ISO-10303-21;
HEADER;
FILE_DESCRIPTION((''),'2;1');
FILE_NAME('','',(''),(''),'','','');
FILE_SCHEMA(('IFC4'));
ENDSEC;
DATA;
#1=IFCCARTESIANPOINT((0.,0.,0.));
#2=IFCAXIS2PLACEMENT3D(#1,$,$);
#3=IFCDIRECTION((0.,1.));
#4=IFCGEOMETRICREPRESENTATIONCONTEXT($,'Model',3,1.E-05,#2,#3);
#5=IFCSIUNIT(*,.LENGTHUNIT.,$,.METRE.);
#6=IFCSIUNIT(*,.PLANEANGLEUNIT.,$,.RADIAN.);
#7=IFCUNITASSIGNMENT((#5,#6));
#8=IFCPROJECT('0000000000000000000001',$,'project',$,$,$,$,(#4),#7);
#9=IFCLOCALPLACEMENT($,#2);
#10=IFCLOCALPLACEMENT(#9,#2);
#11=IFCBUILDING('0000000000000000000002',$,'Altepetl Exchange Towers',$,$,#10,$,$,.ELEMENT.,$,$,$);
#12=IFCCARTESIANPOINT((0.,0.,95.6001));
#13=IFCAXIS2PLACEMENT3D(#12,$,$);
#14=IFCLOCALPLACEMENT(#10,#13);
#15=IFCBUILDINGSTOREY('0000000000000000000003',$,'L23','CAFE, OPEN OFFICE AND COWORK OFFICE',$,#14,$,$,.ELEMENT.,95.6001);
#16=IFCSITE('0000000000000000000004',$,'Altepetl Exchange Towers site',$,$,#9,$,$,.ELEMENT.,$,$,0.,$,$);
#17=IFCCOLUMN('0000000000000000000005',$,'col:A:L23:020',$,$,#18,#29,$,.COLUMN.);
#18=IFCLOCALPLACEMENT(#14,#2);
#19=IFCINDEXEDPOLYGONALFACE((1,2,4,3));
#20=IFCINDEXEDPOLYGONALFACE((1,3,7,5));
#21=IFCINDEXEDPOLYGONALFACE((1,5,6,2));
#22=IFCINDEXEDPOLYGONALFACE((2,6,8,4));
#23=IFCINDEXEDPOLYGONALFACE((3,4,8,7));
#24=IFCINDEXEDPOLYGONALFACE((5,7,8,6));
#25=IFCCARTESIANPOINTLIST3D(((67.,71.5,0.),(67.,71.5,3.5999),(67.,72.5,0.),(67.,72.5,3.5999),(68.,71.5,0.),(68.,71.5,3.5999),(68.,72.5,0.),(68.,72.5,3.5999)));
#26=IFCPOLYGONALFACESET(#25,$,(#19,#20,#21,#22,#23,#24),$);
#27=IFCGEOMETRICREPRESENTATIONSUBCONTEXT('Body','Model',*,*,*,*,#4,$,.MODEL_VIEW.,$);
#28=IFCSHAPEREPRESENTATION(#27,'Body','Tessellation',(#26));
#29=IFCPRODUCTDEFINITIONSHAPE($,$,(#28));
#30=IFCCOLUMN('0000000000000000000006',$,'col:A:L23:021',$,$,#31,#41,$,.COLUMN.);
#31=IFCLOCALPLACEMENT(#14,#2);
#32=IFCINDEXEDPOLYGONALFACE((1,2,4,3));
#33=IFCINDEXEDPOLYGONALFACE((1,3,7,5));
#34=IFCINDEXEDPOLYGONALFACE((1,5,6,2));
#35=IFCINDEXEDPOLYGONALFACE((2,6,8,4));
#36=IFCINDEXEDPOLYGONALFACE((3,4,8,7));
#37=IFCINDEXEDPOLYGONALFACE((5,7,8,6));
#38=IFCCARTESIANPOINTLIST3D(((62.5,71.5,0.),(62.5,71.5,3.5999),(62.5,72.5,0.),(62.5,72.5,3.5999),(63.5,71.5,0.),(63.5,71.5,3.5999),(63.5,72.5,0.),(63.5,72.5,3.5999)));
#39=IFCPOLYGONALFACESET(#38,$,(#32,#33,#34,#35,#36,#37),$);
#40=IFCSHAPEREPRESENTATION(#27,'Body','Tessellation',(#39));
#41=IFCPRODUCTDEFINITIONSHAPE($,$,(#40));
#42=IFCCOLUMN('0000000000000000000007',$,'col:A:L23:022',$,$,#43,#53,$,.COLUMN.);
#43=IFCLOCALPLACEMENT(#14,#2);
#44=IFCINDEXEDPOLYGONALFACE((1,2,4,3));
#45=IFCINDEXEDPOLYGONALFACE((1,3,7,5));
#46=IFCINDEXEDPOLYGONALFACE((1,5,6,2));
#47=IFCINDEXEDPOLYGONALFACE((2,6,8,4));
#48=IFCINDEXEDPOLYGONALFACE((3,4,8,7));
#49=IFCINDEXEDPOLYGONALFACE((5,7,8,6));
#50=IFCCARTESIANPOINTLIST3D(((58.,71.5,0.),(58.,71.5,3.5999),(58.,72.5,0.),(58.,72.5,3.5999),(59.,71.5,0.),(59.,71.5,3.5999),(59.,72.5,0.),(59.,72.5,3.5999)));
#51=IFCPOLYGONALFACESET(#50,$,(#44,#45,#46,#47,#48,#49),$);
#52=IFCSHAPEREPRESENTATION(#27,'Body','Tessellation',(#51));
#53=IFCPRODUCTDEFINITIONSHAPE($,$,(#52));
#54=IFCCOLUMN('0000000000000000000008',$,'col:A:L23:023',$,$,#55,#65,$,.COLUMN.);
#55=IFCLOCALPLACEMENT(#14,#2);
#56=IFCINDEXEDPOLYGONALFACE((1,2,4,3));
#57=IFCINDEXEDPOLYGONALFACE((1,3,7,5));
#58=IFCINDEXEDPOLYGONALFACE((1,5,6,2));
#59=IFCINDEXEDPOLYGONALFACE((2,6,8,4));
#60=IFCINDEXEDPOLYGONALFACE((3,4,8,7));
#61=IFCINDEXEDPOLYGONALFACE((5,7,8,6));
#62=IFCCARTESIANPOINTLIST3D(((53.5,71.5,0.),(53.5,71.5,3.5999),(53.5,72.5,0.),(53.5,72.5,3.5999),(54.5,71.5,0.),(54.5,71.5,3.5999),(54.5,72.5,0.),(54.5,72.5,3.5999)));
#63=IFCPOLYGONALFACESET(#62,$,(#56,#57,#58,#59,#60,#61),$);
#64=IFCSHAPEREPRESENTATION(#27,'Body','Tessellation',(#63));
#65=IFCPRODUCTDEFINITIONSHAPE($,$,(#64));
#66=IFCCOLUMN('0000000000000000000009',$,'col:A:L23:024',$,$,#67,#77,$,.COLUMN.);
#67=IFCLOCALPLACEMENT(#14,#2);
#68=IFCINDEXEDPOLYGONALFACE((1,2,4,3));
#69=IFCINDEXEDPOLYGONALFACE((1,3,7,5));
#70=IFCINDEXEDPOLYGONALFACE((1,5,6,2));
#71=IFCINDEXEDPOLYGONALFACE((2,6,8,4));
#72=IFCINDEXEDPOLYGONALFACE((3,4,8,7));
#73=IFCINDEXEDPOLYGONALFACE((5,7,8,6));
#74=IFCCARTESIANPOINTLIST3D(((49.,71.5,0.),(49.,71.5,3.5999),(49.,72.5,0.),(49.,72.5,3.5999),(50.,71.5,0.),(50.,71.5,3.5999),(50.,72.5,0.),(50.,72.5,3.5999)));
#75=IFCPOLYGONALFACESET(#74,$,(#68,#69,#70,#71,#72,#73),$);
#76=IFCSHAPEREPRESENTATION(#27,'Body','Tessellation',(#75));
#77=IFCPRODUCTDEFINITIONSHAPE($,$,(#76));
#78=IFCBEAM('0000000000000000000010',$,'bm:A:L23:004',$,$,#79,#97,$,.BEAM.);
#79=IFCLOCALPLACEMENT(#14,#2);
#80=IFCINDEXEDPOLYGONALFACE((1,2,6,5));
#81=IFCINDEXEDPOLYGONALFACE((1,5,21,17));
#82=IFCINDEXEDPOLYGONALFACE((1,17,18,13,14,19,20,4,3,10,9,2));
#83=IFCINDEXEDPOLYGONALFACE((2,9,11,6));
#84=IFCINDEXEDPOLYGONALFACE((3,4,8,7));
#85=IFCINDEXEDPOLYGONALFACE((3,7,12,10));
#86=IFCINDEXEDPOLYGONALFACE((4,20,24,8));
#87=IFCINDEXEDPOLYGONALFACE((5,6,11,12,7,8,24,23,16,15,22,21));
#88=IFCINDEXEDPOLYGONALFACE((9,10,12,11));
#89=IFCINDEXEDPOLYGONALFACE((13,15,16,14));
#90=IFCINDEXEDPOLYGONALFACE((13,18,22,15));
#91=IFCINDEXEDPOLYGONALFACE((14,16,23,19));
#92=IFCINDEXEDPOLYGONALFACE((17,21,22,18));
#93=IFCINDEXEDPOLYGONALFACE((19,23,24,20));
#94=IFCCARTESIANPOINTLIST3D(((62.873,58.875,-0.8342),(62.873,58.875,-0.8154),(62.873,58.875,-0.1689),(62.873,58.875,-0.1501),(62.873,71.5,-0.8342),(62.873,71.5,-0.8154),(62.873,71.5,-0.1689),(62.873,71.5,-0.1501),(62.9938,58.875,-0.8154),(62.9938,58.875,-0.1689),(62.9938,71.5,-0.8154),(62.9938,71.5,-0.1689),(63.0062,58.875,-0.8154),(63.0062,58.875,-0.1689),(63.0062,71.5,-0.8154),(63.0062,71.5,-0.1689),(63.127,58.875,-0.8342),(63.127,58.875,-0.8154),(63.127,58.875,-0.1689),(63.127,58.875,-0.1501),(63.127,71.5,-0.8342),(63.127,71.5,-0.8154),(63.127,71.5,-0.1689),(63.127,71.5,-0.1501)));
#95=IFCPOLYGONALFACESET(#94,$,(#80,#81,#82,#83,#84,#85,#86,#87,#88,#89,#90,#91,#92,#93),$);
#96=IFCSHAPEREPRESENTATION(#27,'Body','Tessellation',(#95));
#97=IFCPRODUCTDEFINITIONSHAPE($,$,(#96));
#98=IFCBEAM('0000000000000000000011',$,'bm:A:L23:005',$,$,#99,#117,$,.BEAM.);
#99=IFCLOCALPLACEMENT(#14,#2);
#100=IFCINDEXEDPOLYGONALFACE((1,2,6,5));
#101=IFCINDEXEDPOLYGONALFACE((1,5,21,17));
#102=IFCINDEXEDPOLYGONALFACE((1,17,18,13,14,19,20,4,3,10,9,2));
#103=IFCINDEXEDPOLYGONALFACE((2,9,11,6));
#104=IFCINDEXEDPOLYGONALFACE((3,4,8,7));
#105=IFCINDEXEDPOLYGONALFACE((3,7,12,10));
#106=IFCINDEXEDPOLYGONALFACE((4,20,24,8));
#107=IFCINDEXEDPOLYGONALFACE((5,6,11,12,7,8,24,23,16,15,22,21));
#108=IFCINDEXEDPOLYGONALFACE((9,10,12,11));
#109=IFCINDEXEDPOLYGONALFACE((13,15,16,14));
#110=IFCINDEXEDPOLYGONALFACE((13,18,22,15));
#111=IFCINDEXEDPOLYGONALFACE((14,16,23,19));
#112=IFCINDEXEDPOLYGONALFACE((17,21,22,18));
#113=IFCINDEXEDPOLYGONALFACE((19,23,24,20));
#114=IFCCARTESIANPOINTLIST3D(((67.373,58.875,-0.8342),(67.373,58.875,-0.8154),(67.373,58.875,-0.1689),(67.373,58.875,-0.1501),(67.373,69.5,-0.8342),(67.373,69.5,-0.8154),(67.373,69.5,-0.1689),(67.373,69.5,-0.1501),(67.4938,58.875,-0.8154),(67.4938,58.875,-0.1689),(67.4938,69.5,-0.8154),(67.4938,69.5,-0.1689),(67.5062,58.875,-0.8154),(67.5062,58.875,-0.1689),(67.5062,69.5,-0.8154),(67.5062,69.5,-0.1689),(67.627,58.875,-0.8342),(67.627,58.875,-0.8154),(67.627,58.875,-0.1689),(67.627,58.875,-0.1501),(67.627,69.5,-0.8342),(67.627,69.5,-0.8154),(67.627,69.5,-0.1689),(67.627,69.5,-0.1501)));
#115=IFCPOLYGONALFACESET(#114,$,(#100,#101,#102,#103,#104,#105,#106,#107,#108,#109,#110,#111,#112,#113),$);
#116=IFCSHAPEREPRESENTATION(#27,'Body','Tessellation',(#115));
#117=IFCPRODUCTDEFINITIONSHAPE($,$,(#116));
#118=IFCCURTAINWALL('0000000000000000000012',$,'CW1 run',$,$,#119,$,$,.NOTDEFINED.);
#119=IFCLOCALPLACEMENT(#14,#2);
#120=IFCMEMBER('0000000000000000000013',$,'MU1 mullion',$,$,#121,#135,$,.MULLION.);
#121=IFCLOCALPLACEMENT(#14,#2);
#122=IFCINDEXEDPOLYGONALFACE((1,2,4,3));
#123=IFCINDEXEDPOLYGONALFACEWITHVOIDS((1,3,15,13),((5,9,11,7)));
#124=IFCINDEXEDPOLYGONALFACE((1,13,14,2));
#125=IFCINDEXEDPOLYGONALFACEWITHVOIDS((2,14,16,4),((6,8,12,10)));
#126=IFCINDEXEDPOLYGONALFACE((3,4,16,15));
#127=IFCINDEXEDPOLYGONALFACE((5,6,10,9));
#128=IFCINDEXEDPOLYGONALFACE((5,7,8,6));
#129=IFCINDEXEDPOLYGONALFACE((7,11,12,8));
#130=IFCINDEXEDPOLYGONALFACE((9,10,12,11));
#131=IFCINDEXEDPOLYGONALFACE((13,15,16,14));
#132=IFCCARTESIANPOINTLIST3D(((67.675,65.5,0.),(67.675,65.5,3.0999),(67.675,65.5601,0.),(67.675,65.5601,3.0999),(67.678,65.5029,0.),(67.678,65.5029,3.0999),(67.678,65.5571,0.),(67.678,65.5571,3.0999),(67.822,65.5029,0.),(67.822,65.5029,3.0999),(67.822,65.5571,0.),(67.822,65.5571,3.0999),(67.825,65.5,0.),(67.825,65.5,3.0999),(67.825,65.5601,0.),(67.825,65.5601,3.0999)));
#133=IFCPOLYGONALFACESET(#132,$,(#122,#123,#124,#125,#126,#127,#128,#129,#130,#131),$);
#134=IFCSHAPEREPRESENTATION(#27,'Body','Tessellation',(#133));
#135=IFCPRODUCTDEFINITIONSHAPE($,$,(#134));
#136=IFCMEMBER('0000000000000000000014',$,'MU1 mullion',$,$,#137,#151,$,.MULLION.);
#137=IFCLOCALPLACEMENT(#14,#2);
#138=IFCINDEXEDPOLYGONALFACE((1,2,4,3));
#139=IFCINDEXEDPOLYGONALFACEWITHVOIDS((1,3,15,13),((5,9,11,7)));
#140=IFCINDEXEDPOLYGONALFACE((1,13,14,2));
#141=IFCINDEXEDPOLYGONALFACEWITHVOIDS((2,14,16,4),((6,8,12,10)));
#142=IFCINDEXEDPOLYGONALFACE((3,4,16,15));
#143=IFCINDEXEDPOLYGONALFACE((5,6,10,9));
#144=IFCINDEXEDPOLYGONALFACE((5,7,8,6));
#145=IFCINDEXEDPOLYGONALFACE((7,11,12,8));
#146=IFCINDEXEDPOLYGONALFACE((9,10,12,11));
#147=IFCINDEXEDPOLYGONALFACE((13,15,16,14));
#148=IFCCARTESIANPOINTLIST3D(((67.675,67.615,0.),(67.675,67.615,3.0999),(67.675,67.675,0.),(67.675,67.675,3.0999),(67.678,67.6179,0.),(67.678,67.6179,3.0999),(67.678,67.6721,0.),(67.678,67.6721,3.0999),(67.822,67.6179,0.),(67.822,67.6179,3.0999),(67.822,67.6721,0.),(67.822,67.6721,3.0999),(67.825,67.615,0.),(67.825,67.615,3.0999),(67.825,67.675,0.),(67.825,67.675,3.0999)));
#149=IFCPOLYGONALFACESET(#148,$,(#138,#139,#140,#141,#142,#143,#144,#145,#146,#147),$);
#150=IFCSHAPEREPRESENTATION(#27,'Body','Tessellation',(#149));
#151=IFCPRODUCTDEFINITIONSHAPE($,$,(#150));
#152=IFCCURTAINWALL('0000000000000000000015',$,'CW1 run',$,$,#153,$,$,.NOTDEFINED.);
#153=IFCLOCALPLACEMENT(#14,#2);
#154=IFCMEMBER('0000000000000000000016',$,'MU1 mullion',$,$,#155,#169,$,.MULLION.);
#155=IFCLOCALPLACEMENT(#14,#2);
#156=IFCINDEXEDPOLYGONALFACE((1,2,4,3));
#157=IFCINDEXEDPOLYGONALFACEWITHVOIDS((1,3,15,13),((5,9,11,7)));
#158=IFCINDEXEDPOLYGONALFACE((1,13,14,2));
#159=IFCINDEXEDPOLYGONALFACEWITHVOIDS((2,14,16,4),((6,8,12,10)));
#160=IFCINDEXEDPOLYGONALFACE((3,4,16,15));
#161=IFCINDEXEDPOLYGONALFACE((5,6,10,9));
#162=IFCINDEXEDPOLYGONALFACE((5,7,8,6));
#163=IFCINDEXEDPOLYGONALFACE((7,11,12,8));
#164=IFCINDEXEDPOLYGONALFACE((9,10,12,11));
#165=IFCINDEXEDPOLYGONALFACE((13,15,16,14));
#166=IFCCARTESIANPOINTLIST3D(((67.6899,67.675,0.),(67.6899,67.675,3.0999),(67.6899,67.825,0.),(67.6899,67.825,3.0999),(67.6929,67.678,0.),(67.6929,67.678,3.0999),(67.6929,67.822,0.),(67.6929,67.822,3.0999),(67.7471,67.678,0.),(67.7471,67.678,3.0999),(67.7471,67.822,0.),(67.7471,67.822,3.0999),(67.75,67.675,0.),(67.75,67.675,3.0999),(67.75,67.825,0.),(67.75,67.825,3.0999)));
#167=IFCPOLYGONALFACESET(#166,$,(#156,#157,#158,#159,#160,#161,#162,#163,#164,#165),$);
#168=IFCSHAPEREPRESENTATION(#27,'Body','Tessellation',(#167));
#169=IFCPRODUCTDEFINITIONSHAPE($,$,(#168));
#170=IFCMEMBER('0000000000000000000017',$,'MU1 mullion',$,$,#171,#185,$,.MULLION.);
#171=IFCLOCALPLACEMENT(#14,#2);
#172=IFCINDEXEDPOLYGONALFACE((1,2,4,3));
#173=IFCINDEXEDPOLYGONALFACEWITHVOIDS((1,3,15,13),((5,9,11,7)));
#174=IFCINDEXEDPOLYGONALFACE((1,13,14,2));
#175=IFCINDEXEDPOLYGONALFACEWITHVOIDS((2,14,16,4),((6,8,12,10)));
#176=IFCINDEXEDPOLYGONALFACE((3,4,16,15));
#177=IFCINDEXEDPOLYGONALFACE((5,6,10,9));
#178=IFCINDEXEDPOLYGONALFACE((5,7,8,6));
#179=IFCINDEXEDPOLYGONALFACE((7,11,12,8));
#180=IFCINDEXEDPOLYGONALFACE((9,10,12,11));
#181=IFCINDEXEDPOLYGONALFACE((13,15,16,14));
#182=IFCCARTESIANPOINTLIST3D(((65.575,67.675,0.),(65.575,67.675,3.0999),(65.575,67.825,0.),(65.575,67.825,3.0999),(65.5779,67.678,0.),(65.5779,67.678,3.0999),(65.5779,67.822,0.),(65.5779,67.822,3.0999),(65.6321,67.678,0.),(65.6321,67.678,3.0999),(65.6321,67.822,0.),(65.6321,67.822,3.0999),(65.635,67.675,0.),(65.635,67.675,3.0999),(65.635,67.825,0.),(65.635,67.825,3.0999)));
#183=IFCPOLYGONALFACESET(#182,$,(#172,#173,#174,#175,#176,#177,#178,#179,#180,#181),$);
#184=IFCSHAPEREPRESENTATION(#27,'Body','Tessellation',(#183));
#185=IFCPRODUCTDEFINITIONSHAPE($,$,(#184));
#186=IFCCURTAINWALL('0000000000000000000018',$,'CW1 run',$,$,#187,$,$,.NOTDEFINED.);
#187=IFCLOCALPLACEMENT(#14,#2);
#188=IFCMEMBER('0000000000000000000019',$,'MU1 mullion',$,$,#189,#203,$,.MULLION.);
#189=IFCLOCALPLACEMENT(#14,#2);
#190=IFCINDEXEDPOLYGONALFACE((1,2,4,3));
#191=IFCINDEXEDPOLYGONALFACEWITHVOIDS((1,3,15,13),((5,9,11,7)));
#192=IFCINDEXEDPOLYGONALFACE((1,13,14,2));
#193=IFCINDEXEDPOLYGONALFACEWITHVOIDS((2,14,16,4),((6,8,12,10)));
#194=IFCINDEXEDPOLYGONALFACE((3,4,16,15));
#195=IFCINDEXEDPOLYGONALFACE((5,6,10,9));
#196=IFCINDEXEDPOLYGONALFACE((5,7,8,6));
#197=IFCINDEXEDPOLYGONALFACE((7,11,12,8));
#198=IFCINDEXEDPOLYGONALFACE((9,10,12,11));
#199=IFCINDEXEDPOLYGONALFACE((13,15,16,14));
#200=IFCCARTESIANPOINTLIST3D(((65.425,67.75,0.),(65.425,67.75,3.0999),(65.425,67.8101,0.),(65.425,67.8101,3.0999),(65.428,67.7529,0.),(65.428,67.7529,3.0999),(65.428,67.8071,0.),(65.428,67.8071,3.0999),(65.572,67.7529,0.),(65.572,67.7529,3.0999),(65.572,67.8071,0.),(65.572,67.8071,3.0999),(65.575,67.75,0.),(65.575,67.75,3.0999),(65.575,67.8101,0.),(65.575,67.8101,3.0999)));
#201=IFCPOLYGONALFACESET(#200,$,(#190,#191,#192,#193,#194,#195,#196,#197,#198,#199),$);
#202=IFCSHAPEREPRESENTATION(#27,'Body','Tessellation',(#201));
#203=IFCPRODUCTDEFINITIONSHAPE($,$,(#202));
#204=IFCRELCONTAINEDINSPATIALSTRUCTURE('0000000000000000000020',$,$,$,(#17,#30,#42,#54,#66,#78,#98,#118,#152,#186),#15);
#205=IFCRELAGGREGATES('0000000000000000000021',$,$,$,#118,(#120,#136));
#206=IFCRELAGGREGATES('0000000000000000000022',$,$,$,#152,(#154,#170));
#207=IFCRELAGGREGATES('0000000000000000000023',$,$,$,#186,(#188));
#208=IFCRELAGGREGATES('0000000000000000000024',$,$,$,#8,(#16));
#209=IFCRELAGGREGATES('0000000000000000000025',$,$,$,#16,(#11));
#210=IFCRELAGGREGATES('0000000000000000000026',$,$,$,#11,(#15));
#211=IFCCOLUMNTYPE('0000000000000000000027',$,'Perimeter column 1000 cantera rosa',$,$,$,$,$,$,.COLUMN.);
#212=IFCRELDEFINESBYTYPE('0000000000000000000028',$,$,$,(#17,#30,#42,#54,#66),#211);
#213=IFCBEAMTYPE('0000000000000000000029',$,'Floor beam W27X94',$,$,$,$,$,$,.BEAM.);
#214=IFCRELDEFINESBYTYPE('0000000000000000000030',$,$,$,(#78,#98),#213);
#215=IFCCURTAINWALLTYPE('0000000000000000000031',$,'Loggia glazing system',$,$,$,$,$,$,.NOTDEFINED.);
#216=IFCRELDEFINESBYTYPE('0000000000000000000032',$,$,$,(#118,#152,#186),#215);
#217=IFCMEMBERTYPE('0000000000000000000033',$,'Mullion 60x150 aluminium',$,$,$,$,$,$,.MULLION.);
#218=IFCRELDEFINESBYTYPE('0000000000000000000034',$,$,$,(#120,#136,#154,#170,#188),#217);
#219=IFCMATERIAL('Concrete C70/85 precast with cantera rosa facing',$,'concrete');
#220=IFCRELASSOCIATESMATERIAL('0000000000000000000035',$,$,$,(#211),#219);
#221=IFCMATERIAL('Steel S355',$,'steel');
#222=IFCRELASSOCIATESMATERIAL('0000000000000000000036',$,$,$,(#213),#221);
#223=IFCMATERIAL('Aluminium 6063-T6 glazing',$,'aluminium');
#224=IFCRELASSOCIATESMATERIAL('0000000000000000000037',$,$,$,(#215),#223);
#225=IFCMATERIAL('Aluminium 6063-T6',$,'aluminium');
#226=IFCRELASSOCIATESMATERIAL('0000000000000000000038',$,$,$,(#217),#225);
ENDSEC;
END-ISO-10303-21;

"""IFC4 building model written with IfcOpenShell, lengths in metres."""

from ifc_helpers import new_model, si_unit, direction, frame, origin, origin_2d, place, context, subcontext, project, spatial, rectangle, hollow_rectangle, i_section, extrude, material, material_profile, profile_set, type_object, element, aggregate, save


model = new_model("IFC4")

# Units and contexts
model_context = context("Model", 3, precision=1e-05, world=origin(), true_north=direction((0.0, 1.0)))
body_context = subcontext(model_context, "Body", "Model", "MODEL_VIEW")
ifc_project = project(units=[si_unit("LENGTHUNIT", "METRE"), si_unit("PLANEANGLEUNIT", "RADIAN")], contexts=[model_context])

# Site, building, storey
site_placement = place(None, origin())
site = spatial("IfcSite", under=ifc_project, at=site_placement, Name="Altepetl Exchange Towers site", CompositionType="ELEMENT", RefElevation=0.0)
building_placement = place(site_placement, origin())
building = spatial("IfcBuilding", under=site, at=building_placement, Name="Altepetl Exchange Towers", CompositionType="ELEMENT")
storey_placement = place(building_placement, frame((0.0, 0.0, 95.6001)))
storey = spatial("IfcBuildingStorey", under=building, at=storey_placement, Name="L23", Description="CAFE, OPEN OFFICE AND COWORK OFFICE", CompositionType="ELEMENT", Elevation=95.6001)

# Columns
ifc_material_1 = material(Name="Concrete C70/85 precast with cantera rosa facing", Category="concrete")
ifc_material_profile_1 = material_profile(ifc_material_1, rectangle(XDim=1.0, YDim=1.0, at=origin_2d()), Name="1000 x 1000")
ifc_profile_set_1 = profile_set([ifc_material_profile_1], Name="Concrete C70/85 precast with cantera rosa facing")
column_type = type_object("IfcColumnType", Name="Perimeter column 1000 cantera rosa", PredefinedType="COLUMN", material=ifc_profile_set_1)
for number, where, name in (
    (1, (67.5, 72.0, 0.0), "col:A:L23:020"),
    (2, (63.0, 72.0, 0.0), "col:A:L23:021"),
    (3, (58.5, 72.0, 0.0), "col:A:L23:022"),
    (4, (54.0, 72.0, 0.0), "col:A:L23:023"),
    (5, (49.5, 72.0, 0.0), "col:A:L23:024"),
):
    element("IfcColumn", number, at=place(storey_placement, frame(where)), inside=storey, type_object=column_type, Name=name, PredefinedType="COLUMN", context=body_context, shape_type="SweptSolid", body=[
        extrude(rectangle(XDim=1.0, YDim=1.0, at=origin_2d()), origin(), (0.0, 0.0, 1.0), 3.5999),
    ])

# Beams
ifc_material_2 = material(Name="Steel S355", Category="steel")
ifc_material_profile_2 = material_profile(ifc_material_2, i_section(OverallWidth=0.2539, OverallDepth=0.6841, WebThickness=0.0125, FlangeThickness=0.0188, at=origin_2d()), Name="W27X94")
ifc_profile_set_2 = profile_set([ifc_material_profile_2], Name="Steel S355")
beam_type_1 = type_object("IfcBeamType", Name="Floor beam W27X94", PredefinedType="BEAM", material=ifc_profile_set_2)
beam_1_placement = place(storey_placement, frame((63.0, 58.875, -0.4922), z_axis=(0.0, 1.0, 0.0), x_axis=(-1.0, 0.0, 0.0)))
element("IfcBeam", 6, at=beam_1_placement, inside=storey, type_object=beam_type_1, Name="bm:A:L23:004", PredefinedType="BEAM", context=body_context, shape_type="SweptSolid", body=[
    extrude(i_section(OverallWidth=0.2539, OverallDepth=0.6841, WebThickness=0.0125, FlangeThickness=0.0188, at=origin_2d()), origin(), (0.0, 0.0, 1.0), 12.625),
])
beam_2_placement = place(storey_placement, frame((67.5, 58.875, -0.4922), z_axis=(0.0, 1.0, 0.0), x_axis=(-1.0, 0.0, 0.0)))
element("IfcBeam", 7, at=beam_2_placement, inside=storey, type_object=beam_type_1, Name="bm:A:L23:005", PredefinedType="BEAM", context=body_context, shape_type="SweptSolid", body=[
    extrude(i_section(OverallWidth=0.2539, OverallDepth=0.6841, WebThickness=0.0125, FlangeThickness=0.0188, at=origin_2d()), origin(), (0.0, 0.0, 1.0), 10.625),
])

# Curtain walls, members
ifc_material_3 = material(Name="Aluminium 6063-T6 glazing", Category="aluminium")
curtain_wall_type = type_object("IfcCurtainWallType", Name="Loggia glazing system", PredefinedType="NOTDEFINED", material=ifc_material_3)
curtain_wall_1_placement = place(storey_placement, origin())
curtain_wall_1 = element("IfcCurtainWall", 8, at=curtain_wall_1_placement, inside=storey, type_object=curtain_wall_type, Name="CW1 run", PredefinedType="NOTDEFINED")
ifc_material_4 = material(Name="Aluminium 6063-T6", Category="aluminium")
ifc_material_profile_3 = material_profile(ifc_material_4, hollow_rectangle(XDim=0.0601, YDim=0.1499, WallThickness=0.0029, at=origin_2d()), Name="Mullion 60x150 aluminium")
ifc_profile_set_3 = profile_set([ifc_material_profile_3], Name="Aluminium 6063-T6")
member_type = type_object("IfcMemberType", Name="Mullion 60x150 aluminium", PredefinedType="MULLION", material=ifc_profile_set_3)
member_1_placement = place(storey_placement, frame((67.75, 65.53, 0.0), z_axis=(0.0, 0.0, 1.0), x_axis=(0.0, 1.0, 0.0)))
member_1 = element("IfcMember", 9, at=member_1_placement, type_object=member_type, Name="MU1 mullion", PredefinedType="MULLION", context=body_context, shape_type="SweptSolid", body=[
    extrude(hollow_rectangle(XDim=0.0601, YDim=0.1499, WallThickness=0.0029, at=origin_2d()), origin(), (0.0, 0.0, 1.0), 3.0999),
])
member_2_placement = place(storey_placement, frame((67.75, 67.645, 0.0), z_axis=(0.0, 0.0, 1.0), x_axis=(0.0, 1.0, 0.0)))
member_2 = element("IfcMember", 10, at=member_2_placement, type_object=member_type, Name="MU1 mullion", PredefinedType="MULLION", context=body_context, shape_type="SweptSolid", body=[
    extrude(hollow_rectangle(XDim=0.0601, YDim=0.1499, WallThickness=0.0029, at=origin_2d()), origin(), (0.0, 0.0, 1.0), 3.0999),
])
curtain_wall_2_placement = place(storey_placement, origin())
curtain_wall_2 = element("IfcCurtainWall", 11, at=curtain_wall_2_placement, inside=storey, type_object=curtain_wall_type, Name="CW1 run", PredefinedType="NOTDEFINED")
member_3_placement = place(storey_placement, frame((67.72, 67.75, 0.0), z_axis=(0.0, 0.0, 1.0), x_axis=(-1.0, 0.0, 0.0)))
member_3 = element("IfcMember", 12, at=member_3_placement, type_object=member_type, Name="MU1 mullion", PredefinedType="MULLION", context=body_context, shape_type="SweptSolid", body=[
    extrude(hollow_rectangle(XDim=0.0601, YDim=0.1499, WallThickness=0.0029, at=origin_2d()), origin(), (0.0, 0.0, 1.0), 3.0999),
])
member_4_placement = place(storey_placement, frame((65.605, 67.75, 0.0), z_axis=(0.0, 0.0, 1.0), x_axis=(-1.0, 0.0, 0.0)))
member_4 = element("IfcMember", 13, at=member_4_placement, type_object=member_type, Name="MU1 mullion", PredefinedType="MULLION", context=body_context, shape_type="SweptSolid", body=[
    extrude(hollow_rectangle(XDim=0.0601, YDim=0.1499, WallThickness=0.0029, at=origin_2d()), origin(), (0.0, 0.0, 1.0), 3.0999),
])
curtain_wall_3_placement = place(storey_placement, origin())
curtain_wall_3 = element("IfcCurtainWall", 14, at=curtain_wall_3_placement, inside=storey, type_object=curtain_wall_type, Name="CW1 run", PredefinedType="NOTDEFINED")
member_5_placement = place(storey_placement, frame((65.5, 67.78, 0.0), z_axis=(0.0, 0.0, 1.0), x_axis=(0.0, 1.0, 0.0)))
member_5 = element("IfcMember", 15, at=member_5_placement, type_object=member_type, Name="MU1 mullion", PredefinedType="MULLION", context=body_context, shape_type="SweptSolid", body=[
    extrude(hollow_rectangle(XDim=0.0601, YDim=0.1499, WallThickness=0.0029, at=origin_2d()), origin(), (0.0, 0.0, 1.0), 3.0999),
])

aggregate(curtain_wall_1, [member_1, member_2])
aggregate(curtain_wall_2, [member_3, member_4])
aggregate(curtain_wall_3, [member_5])

save(model, "model.ifc")
